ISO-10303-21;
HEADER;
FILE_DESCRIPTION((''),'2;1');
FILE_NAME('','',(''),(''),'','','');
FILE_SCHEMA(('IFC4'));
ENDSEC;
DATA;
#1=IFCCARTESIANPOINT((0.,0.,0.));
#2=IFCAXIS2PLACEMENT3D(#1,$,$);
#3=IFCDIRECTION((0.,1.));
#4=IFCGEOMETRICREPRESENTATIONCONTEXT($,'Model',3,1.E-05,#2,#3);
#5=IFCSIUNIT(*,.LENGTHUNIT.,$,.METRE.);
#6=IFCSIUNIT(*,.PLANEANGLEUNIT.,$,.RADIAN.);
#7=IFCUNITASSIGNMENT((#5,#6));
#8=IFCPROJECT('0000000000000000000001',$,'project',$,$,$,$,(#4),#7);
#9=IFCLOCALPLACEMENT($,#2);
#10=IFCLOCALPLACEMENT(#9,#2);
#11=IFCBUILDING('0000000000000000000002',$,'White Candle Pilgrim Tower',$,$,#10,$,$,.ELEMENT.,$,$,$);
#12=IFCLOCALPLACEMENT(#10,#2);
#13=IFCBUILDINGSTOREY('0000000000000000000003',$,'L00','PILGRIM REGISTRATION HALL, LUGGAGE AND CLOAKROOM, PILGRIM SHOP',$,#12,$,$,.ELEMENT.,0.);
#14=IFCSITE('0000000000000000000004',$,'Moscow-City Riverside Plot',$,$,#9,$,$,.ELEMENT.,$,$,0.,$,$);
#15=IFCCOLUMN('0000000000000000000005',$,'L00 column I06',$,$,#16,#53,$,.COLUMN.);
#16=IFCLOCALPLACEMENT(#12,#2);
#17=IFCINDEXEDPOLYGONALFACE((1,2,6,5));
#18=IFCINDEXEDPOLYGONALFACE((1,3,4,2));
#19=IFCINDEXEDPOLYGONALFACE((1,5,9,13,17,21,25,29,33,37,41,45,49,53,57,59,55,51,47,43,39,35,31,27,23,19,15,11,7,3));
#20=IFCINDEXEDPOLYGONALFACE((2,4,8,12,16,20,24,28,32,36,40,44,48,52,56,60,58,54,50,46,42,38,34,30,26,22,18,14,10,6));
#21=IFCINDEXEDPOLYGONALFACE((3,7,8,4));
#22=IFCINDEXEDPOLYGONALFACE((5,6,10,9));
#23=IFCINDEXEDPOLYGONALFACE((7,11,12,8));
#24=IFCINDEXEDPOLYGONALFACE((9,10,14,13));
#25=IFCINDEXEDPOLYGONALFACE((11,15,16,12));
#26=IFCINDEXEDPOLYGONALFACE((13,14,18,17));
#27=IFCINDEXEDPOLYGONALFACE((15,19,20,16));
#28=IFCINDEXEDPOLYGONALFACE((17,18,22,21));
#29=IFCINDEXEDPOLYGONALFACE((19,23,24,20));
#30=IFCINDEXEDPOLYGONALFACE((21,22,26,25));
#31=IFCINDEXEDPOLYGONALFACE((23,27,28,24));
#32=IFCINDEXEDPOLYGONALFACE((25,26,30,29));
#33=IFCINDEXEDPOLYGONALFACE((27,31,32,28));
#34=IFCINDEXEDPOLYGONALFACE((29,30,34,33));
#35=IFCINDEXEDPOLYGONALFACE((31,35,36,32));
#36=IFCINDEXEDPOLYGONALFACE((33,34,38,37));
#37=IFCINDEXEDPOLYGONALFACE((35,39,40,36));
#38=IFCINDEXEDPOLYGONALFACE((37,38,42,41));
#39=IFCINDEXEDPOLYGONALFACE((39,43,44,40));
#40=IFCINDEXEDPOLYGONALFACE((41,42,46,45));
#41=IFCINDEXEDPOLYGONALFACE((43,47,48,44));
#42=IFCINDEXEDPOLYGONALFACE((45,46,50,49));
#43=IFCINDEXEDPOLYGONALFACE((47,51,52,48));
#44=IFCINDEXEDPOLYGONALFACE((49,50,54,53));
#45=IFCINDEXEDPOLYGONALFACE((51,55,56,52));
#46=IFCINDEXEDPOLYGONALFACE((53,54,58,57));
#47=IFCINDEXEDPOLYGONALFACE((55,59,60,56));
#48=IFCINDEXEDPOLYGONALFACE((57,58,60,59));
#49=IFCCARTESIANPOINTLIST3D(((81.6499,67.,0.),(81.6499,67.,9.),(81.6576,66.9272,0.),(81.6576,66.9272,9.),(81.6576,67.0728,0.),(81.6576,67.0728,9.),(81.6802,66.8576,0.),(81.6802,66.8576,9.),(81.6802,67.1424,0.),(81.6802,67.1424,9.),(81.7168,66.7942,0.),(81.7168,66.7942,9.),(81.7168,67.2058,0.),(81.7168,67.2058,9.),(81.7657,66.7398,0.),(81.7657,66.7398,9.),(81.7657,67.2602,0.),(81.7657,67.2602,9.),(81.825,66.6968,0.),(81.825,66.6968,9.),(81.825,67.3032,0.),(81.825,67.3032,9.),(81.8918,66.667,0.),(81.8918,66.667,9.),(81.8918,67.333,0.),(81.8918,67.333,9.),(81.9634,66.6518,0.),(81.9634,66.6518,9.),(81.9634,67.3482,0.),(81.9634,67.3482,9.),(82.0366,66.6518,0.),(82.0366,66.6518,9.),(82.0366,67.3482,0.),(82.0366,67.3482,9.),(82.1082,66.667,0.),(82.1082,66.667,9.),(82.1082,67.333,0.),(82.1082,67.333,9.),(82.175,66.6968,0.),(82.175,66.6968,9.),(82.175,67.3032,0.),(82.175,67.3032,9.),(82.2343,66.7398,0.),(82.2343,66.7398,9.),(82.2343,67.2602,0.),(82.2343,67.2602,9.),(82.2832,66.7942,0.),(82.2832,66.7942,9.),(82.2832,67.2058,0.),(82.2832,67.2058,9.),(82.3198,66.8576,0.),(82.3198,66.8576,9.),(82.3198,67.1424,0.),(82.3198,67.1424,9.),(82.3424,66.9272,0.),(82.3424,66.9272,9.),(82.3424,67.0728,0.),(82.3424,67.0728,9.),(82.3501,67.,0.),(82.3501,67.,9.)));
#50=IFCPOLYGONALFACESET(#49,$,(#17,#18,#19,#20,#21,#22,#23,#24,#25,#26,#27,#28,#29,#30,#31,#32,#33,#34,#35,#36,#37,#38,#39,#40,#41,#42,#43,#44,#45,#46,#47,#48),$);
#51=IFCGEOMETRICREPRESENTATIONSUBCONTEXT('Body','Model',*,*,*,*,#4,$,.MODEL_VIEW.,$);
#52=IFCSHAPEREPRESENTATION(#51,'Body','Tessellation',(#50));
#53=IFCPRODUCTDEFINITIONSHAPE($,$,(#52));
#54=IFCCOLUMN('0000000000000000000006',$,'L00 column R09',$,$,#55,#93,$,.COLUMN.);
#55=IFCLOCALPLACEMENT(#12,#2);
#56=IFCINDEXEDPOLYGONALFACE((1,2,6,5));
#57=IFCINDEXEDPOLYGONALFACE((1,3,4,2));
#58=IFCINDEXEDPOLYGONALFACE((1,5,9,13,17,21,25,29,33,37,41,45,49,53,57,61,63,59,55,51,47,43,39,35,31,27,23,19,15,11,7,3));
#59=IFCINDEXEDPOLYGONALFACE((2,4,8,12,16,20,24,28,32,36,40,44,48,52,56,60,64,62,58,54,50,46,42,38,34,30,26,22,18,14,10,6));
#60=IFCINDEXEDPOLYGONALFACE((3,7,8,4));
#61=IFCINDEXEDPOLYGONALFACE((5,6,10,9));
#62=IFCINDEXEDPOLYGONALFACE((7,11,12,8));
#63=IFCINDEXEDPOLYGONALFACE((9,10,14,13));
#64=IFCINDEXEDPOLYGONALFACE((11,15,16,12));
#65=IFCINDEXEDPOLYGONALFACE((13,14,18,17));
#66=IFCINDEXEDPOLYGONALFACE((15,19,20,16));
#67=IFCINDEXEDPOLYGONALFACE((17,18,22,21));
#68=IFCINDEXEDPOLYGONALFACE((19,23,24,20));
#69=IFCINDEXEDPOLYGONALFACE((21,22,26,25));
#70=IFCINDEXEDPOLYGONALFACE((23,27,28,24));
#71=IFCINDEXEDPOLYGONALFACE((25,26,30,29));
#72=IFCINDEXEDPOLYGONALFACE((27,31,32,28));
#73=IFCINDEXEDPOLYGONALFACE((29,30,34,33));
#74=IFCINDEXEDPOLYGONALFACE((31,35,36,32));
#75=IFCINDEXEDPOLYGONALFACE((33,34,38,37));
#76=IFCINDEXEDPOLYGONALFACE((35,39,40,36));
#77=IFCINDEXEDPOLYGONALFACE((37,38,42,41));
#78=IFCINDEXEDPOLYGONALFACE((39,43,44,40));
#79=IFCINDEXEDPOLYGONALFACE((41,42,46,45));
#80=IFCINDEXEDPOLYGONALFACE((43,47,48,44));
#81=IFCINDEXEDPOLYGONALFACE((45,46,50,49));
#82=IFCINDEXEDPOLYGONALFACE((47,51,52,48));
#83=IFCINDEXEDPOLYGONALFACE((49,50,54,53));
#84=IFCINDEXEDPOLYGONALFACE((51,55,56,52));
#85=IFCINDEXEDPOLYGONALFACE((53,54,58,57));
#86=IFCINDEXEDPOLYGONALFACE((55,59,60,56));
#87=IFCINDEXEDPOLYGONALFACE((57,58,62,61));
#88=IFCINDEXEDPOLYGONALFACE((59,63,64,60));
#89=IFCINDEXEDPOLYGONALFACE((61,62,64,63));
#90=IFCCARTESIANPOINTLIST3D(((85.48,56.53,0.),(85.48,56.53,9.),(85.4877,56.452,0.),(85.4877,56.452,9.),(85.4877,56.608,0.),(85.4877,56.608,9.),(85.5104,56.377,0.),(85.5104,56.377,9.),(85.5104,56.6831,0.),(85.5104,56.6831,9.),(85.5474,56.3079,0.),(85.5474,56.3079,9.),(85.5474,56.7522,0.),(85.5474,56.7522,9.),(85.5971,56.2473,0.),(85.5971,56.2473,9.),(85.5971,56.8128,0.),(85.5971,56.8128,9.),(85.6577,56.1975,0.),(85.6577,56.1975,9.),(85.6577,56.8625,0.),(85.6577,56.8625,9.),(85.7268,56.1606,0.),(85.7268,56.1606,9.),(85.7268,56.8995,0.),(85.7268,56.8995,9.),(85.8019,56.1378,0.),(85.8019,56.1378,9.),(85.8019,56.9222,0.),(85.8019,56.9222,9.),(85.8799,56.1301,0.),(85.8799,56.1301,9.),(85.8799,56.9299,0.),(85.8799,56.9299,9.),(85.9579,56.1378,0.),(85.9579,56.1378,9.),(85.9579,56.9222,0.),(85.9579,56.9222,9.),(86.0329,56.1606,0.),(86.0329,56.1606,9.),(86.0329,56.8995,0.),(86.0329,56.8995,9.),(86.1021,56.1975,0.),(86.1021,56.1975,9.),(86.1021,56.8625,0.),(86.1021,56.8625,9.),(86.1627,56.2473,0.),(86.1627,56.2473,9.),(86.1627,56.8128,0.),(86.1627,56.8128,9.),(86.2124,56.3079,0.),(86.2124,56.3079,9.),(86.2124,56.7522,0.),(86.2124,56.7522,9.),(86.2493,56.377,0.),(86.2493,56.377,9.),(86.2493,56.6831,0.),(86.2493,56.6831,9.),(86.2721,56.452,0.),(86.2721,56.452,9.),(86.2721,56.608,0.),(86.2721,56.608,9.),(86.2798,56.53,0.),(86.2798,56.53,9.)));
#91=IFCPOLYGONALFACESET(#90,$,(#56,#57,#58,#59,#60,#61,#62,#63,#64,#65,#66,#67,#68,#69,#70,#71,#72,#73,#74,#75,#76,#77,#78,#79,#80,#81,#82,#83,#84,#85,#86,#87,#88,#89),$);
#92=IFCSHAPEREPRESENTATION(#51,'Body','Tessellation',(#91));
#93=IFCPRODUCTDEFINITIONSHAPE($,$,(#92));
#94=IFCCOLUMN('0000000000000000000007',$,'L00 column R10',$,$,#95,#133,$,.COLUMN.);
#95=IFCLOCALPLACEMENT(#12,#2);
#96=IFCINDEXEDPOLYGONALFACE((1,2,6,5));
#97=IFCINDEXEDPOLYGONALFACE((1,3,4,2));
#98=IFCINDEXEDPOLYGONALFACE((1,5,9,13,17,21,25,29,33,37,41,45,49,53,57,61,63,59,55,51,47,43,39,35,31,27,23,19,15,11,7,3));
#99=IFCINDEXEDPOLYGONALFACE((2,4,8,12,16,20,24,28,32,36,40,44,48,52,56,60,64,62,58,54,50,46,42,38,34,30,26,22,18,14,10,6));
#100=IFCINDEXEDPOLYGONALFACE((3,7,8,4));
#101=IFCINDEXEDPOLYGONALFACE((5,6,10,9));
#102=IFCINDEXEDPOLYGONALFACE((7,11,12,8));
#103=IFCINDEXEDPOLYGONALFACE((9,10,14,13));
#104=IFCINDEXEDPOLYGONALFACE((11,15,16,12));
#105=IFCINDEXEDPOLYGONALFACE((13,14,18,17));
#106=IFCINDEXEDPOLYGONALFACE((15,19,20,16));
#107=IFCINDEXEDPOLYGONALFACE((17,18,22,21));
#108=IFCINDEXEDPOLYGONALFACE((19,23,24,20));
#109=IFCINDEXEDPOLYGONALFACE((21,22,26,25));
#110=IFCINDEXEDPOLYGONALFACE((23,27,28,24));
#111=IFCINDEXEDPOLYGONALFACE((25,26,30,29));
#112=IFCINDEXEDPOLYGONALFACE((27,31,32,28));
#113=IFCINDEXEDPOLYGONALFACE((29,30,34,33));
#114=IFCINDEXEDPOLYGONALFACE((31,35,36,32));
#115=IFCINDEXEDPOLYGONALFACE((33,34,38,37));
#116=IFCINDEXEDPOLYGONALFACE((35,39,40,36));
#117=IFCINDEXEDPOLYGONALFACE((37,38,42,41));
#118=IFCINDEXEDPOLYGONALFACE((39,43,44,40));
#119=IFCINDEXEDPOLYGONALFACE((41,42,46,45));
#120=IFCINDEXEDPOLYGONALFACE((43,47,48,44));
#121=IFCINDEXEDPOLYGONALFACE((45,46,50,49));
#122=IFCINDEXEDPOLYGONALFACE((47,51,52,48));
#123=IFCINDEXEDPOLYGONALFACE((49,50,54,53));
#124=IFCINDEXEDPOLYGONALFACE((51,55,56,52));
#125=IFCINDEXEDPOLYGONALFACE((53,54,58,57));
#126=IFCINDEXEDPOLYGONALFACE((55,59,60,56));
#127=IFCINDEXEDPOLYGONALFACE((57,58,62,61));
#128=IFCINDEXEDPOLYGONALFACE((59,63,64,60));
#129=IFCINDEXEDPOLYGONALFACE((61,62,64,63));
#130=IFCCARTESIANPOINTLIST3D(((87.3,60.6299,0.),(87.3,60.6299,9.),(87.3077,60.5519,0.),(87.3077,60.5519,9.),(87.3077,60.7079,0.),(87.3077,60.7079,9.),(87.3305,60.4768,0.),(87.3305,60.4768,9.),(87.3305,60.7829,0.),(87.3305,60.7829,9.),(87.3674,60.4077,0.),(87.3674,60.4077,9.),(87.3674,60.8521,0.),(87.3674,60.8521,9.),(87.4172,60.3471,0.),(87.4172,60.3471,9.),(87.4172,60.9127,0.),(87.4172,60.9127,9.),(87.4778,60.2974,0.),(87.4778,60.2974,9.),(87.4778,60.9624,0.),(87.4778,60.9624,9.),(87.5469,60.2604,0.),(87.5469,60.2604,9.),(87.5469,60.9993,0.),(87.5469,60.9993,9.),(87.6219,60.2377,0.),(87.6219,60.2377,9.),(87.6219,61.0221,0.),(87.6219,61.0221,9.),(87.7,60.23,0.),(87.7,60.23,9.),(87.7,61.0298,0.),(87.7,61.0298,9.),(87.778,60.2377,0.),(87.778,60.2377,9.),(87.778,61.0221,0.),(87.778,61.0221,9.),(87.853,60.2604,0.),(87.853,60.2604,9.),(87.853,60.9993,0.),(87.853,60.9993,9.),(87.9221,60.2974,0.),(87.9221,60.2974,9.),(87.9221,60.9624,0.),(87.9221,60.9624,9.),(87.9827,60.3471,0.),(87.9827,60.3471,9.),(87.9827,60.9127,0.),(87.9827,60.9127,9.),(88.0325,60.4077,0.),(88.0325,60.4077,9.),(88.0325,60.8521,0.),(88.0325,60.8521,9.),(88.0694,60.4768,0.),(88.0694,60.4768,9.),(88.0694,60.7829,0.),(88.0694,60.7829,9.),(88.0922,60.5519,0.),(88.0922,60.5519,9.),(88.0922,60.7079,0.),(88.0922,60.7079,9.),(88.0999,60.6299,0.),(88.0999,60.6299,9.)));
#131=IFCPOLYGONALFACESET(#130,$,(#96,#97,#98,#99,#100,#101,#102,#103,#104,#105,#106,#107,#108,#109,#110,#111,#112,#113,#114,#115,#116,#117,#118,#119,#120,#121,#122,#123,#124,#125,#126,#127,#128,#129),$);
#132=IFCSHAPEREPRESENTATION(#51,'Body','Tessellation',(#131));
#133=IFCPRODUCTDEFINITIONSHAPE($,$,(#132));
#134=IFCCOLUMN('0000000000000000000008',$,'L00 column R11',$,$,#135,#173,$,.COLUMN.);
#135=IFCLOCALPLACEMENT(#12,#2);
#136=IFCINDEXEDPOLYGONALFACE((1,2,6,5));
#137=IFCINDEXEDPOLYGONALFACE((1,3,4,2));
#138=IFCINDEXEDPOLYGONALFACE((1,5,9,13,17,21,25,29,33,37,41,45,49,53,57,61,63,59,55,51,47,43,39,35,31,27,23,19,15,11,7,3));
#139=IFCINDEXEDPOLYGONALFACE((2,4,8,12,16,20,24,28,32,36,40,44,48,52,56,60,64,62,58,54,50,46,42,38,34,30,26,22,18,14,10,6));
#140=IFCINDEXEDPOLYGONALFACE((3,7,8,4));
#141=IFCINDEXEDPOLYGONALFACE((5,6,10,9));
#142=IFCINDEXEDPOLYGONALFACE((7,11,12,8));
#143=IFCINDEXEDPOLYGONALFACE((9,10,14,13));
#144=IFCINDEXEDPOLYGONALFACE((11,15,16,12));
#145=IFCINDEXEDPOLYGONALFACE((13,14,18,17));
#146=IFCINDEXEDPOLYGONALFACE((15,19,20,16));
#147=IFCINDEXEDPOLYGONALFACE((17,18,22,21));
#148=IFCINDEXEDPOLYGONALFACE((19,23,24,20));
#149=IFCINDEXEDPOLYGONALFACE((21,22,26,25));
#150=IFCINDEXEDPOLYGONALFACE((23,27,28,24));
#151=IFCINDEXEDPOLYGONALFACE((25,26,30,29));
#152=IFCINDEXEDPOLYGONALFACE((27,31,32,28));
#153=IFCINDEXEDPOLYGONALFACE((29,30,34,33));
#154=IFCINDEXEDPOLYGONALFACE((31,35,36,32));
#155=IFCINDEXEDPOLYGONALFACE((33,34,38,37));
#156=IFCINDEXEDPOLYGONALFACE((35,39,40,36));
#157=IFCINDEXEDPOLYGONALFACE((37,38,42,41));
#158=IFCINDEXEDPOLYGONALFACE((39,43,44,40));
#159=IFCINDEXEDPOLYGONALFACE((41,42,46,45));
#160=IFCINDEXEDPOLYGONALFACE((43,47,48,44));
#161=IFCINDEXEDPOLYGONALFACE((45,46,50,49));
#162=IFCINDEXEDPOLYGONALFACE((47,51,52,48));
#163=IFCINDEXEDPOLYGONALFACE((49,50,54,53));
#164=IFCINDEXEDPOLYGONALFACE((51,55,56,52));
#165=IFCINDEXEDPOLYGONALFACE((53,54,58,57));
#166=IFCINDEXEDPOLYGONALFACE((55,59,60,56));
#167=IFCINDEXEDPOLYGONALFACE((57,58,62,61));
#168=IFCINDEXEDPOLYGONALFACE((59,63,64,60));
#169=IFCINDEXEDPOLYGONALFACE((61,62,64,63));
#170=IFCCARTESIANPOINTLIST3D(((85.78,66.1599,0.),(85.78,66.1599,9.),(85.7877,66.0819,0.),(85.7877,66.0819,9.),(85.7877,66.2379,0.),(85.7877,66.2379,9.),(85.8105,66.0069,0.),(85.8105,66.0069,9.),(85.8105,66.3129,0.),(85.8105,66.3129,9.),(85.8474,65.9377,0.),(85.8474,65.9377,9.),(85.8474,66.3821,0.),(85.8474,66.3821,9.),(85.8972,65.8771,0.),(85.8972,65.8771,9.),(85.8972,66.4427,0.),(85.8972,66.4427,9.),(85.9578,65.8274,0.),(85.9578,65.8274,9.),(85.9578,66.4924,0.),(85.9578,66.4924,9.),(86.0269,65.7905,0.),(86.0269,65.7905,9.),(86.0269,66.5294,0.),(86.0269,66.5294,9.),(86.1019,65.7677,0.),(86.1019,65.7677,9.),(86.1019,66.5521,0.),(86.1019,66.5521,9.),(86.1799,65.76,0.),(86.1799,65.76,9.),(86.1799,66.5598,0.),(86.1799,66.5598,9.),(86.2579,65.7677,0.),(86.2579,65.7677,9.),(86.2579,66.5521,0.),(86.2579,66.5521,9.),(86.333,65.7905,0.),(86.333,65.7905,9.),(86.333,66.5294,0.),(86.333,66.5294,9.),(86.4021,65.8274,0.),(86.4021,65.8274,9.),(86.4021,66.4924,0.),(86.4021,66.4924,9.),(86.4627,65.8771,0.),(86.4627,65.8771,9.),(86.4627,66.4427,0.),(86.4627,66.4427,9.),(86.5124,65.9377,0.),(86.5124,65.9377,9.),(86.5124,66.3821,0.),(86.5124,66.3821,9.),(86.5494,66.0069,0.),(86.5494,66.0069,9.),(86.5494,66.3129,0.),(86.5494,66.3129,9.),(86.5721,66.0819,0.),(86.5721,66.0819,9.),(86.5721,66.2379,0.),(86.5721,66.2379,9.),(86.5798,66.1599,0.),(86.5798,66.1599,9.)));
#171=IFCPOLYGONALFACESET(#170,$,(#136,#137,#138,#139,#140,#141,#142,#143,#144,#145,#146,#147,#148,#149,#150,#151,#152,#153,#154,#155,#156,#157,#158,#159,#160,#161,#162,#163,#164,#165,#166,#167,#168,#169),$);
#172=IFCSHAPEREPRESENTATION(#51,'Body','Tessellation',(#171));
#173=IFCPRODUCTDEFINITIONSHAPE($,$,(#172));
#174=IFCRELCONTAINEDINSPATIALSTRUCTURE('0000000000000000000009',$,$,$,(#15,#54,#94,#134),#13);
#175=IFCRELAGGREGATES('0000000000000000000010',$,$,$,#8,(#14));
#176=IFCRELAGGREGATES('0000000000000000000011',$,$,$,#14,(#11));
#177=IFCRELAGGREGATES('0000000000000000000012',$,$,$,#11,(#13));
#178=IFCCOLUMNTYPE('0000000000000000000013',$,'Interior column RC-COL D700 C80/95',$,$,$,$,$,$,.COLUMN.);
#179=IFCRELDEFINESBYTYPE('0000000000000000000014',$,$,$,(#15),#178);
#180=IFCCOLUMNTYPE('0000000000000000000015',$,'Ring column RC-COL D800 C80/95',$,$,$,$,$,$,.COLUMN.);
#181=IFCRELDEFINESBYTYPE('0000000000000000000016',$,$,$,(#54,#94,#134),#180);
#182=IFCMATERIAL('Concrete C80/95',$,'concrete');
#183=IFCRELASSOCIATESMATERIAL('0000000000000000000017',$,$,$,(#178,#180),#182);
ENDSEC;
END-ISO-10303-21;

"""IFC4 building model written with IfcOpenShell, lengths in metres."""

from ifc_helpers import new_model, si_unit, direction, frame, origin, origin_2d, place, context, subcontext, project, spatial, circle, extrude, material, material_profile, profile_set, type_object, element, save


model = new_model("IFC4")

# Units and contexts
model_context = context("Model", 3, precision=1e-05, world=origin(), true_north=direction((0.0, 1.0)))
body_context = subcontext(model_context, "Body", "Model", "MODEL_VIEW")
ifc_project = project(units=[si_unit("LENGTHUNIT", "METRE"), si_unit("PLANEANGLEUNIT", "RADIAN")], contexts=[model_context])

# Site, building, storey
site_placement = place(None, origin())
site = spatial("IfcSite", under=ifc_project, at=site_placement, Name="Moscow-City Riverside Plot", CompositionType="ELEMENT", RefElevation=0.0)
building_placement = place(site_placement, origin())
building = spatial("IfcBuilding", under=site, at=building_placement, Name="White Candle Pilgrim Tower", CompositionType="ELEMENT")
storey_placement = place(building_placement, origin())
storey = spatial("IfcBuildingStorey", under=building, at=storey_placement, Name="L00", Description="PILGRIM REGISTRATION HALL, LUGGAGE AND CLOAKROOM, PILGRIM SHOP", CompositionType="ELEMENT", Elevation=0.0)

# Columns
ifc_material_1 = material(Name="Concrete C80/95", Category="concrete")
ifc_material_profile_1 = material_profile(ifc_material_1, circle(Radius=0.3501, at=origin_2d()), Name="RC-COL D700")
ifc_profile_set_1 = profile_set([ifc_material_profile_1], Name="Concrete C80/95")
column_type_1 = type_object("IfcColumnType", Name="Interior column RC-COL D700 C80/95", PredefinedType="COLUMN", material=ifc_profile_set_1)
column_placement = place(storey_placement, frame((82.0, 67.0, 0.0), z_axis=(0.0, 0.0, 1.0), x_axis=(1.0, 0.0, 0.0)))
element("IfcColumn", 1, at=column_placement, inside=storey, type_object=column_type_1, Name="L00 column I06", PredefinedType="COLUMN", context=body_context, shape_type="SweptSolid", body=[
    extrude(circle(Radius=0.3501, at=origin_2d()), origin(), (0.0, 0.0, 1.0), 9.0),
])
ifc_material_profile_2 = material_profile(ifc_material_1, circle(Radius=0.3999, at=origin_2d()), Name="RC-COL D800")
ifc_profile_set_2 = profile_set([ifc_material_profile_2], Name="Concrete C80/95")
column_type_2 = type_object("IfcColumnType", Name="Ring column RC-COL D800 C80/95", PredefinedType="COLUMN", material=ifc_profile_set_2)
for number, where, z_axis, x_axis, name in (
    (2, (85.8799, 56.53, 0.0), (0.0, 0.0, 1.0), (1.0, 0.0, 0.0), "L00 column R09"),
    (3, (87.7, 60.6299, 0.0), (0.0, 0.0, 1.0), (1.0, 0.0, 0.0), "L00 column R10"),
    (4, (86.1799, 66.1599, 0.0), (0.0, 0.0, 1.0), (1.0, 0.0, 0.0), "L00 column R11"),
):
    element("IfcColumn", number, at=place(storey_placement, frame(where, z_axis=z_axis, x_axis=x_axis)), inside=storey, type_object=column_type_2, Name=name, PredefinedType="COLUMN", context=body_context, shape_type="SweptSolid", body=[
        extrude(circle(Radius=0.3999, at=origin_2d()), origin(), (0.0, 0.0, 1.0), 9.0),
    ])

save(model, "model.ifc")
